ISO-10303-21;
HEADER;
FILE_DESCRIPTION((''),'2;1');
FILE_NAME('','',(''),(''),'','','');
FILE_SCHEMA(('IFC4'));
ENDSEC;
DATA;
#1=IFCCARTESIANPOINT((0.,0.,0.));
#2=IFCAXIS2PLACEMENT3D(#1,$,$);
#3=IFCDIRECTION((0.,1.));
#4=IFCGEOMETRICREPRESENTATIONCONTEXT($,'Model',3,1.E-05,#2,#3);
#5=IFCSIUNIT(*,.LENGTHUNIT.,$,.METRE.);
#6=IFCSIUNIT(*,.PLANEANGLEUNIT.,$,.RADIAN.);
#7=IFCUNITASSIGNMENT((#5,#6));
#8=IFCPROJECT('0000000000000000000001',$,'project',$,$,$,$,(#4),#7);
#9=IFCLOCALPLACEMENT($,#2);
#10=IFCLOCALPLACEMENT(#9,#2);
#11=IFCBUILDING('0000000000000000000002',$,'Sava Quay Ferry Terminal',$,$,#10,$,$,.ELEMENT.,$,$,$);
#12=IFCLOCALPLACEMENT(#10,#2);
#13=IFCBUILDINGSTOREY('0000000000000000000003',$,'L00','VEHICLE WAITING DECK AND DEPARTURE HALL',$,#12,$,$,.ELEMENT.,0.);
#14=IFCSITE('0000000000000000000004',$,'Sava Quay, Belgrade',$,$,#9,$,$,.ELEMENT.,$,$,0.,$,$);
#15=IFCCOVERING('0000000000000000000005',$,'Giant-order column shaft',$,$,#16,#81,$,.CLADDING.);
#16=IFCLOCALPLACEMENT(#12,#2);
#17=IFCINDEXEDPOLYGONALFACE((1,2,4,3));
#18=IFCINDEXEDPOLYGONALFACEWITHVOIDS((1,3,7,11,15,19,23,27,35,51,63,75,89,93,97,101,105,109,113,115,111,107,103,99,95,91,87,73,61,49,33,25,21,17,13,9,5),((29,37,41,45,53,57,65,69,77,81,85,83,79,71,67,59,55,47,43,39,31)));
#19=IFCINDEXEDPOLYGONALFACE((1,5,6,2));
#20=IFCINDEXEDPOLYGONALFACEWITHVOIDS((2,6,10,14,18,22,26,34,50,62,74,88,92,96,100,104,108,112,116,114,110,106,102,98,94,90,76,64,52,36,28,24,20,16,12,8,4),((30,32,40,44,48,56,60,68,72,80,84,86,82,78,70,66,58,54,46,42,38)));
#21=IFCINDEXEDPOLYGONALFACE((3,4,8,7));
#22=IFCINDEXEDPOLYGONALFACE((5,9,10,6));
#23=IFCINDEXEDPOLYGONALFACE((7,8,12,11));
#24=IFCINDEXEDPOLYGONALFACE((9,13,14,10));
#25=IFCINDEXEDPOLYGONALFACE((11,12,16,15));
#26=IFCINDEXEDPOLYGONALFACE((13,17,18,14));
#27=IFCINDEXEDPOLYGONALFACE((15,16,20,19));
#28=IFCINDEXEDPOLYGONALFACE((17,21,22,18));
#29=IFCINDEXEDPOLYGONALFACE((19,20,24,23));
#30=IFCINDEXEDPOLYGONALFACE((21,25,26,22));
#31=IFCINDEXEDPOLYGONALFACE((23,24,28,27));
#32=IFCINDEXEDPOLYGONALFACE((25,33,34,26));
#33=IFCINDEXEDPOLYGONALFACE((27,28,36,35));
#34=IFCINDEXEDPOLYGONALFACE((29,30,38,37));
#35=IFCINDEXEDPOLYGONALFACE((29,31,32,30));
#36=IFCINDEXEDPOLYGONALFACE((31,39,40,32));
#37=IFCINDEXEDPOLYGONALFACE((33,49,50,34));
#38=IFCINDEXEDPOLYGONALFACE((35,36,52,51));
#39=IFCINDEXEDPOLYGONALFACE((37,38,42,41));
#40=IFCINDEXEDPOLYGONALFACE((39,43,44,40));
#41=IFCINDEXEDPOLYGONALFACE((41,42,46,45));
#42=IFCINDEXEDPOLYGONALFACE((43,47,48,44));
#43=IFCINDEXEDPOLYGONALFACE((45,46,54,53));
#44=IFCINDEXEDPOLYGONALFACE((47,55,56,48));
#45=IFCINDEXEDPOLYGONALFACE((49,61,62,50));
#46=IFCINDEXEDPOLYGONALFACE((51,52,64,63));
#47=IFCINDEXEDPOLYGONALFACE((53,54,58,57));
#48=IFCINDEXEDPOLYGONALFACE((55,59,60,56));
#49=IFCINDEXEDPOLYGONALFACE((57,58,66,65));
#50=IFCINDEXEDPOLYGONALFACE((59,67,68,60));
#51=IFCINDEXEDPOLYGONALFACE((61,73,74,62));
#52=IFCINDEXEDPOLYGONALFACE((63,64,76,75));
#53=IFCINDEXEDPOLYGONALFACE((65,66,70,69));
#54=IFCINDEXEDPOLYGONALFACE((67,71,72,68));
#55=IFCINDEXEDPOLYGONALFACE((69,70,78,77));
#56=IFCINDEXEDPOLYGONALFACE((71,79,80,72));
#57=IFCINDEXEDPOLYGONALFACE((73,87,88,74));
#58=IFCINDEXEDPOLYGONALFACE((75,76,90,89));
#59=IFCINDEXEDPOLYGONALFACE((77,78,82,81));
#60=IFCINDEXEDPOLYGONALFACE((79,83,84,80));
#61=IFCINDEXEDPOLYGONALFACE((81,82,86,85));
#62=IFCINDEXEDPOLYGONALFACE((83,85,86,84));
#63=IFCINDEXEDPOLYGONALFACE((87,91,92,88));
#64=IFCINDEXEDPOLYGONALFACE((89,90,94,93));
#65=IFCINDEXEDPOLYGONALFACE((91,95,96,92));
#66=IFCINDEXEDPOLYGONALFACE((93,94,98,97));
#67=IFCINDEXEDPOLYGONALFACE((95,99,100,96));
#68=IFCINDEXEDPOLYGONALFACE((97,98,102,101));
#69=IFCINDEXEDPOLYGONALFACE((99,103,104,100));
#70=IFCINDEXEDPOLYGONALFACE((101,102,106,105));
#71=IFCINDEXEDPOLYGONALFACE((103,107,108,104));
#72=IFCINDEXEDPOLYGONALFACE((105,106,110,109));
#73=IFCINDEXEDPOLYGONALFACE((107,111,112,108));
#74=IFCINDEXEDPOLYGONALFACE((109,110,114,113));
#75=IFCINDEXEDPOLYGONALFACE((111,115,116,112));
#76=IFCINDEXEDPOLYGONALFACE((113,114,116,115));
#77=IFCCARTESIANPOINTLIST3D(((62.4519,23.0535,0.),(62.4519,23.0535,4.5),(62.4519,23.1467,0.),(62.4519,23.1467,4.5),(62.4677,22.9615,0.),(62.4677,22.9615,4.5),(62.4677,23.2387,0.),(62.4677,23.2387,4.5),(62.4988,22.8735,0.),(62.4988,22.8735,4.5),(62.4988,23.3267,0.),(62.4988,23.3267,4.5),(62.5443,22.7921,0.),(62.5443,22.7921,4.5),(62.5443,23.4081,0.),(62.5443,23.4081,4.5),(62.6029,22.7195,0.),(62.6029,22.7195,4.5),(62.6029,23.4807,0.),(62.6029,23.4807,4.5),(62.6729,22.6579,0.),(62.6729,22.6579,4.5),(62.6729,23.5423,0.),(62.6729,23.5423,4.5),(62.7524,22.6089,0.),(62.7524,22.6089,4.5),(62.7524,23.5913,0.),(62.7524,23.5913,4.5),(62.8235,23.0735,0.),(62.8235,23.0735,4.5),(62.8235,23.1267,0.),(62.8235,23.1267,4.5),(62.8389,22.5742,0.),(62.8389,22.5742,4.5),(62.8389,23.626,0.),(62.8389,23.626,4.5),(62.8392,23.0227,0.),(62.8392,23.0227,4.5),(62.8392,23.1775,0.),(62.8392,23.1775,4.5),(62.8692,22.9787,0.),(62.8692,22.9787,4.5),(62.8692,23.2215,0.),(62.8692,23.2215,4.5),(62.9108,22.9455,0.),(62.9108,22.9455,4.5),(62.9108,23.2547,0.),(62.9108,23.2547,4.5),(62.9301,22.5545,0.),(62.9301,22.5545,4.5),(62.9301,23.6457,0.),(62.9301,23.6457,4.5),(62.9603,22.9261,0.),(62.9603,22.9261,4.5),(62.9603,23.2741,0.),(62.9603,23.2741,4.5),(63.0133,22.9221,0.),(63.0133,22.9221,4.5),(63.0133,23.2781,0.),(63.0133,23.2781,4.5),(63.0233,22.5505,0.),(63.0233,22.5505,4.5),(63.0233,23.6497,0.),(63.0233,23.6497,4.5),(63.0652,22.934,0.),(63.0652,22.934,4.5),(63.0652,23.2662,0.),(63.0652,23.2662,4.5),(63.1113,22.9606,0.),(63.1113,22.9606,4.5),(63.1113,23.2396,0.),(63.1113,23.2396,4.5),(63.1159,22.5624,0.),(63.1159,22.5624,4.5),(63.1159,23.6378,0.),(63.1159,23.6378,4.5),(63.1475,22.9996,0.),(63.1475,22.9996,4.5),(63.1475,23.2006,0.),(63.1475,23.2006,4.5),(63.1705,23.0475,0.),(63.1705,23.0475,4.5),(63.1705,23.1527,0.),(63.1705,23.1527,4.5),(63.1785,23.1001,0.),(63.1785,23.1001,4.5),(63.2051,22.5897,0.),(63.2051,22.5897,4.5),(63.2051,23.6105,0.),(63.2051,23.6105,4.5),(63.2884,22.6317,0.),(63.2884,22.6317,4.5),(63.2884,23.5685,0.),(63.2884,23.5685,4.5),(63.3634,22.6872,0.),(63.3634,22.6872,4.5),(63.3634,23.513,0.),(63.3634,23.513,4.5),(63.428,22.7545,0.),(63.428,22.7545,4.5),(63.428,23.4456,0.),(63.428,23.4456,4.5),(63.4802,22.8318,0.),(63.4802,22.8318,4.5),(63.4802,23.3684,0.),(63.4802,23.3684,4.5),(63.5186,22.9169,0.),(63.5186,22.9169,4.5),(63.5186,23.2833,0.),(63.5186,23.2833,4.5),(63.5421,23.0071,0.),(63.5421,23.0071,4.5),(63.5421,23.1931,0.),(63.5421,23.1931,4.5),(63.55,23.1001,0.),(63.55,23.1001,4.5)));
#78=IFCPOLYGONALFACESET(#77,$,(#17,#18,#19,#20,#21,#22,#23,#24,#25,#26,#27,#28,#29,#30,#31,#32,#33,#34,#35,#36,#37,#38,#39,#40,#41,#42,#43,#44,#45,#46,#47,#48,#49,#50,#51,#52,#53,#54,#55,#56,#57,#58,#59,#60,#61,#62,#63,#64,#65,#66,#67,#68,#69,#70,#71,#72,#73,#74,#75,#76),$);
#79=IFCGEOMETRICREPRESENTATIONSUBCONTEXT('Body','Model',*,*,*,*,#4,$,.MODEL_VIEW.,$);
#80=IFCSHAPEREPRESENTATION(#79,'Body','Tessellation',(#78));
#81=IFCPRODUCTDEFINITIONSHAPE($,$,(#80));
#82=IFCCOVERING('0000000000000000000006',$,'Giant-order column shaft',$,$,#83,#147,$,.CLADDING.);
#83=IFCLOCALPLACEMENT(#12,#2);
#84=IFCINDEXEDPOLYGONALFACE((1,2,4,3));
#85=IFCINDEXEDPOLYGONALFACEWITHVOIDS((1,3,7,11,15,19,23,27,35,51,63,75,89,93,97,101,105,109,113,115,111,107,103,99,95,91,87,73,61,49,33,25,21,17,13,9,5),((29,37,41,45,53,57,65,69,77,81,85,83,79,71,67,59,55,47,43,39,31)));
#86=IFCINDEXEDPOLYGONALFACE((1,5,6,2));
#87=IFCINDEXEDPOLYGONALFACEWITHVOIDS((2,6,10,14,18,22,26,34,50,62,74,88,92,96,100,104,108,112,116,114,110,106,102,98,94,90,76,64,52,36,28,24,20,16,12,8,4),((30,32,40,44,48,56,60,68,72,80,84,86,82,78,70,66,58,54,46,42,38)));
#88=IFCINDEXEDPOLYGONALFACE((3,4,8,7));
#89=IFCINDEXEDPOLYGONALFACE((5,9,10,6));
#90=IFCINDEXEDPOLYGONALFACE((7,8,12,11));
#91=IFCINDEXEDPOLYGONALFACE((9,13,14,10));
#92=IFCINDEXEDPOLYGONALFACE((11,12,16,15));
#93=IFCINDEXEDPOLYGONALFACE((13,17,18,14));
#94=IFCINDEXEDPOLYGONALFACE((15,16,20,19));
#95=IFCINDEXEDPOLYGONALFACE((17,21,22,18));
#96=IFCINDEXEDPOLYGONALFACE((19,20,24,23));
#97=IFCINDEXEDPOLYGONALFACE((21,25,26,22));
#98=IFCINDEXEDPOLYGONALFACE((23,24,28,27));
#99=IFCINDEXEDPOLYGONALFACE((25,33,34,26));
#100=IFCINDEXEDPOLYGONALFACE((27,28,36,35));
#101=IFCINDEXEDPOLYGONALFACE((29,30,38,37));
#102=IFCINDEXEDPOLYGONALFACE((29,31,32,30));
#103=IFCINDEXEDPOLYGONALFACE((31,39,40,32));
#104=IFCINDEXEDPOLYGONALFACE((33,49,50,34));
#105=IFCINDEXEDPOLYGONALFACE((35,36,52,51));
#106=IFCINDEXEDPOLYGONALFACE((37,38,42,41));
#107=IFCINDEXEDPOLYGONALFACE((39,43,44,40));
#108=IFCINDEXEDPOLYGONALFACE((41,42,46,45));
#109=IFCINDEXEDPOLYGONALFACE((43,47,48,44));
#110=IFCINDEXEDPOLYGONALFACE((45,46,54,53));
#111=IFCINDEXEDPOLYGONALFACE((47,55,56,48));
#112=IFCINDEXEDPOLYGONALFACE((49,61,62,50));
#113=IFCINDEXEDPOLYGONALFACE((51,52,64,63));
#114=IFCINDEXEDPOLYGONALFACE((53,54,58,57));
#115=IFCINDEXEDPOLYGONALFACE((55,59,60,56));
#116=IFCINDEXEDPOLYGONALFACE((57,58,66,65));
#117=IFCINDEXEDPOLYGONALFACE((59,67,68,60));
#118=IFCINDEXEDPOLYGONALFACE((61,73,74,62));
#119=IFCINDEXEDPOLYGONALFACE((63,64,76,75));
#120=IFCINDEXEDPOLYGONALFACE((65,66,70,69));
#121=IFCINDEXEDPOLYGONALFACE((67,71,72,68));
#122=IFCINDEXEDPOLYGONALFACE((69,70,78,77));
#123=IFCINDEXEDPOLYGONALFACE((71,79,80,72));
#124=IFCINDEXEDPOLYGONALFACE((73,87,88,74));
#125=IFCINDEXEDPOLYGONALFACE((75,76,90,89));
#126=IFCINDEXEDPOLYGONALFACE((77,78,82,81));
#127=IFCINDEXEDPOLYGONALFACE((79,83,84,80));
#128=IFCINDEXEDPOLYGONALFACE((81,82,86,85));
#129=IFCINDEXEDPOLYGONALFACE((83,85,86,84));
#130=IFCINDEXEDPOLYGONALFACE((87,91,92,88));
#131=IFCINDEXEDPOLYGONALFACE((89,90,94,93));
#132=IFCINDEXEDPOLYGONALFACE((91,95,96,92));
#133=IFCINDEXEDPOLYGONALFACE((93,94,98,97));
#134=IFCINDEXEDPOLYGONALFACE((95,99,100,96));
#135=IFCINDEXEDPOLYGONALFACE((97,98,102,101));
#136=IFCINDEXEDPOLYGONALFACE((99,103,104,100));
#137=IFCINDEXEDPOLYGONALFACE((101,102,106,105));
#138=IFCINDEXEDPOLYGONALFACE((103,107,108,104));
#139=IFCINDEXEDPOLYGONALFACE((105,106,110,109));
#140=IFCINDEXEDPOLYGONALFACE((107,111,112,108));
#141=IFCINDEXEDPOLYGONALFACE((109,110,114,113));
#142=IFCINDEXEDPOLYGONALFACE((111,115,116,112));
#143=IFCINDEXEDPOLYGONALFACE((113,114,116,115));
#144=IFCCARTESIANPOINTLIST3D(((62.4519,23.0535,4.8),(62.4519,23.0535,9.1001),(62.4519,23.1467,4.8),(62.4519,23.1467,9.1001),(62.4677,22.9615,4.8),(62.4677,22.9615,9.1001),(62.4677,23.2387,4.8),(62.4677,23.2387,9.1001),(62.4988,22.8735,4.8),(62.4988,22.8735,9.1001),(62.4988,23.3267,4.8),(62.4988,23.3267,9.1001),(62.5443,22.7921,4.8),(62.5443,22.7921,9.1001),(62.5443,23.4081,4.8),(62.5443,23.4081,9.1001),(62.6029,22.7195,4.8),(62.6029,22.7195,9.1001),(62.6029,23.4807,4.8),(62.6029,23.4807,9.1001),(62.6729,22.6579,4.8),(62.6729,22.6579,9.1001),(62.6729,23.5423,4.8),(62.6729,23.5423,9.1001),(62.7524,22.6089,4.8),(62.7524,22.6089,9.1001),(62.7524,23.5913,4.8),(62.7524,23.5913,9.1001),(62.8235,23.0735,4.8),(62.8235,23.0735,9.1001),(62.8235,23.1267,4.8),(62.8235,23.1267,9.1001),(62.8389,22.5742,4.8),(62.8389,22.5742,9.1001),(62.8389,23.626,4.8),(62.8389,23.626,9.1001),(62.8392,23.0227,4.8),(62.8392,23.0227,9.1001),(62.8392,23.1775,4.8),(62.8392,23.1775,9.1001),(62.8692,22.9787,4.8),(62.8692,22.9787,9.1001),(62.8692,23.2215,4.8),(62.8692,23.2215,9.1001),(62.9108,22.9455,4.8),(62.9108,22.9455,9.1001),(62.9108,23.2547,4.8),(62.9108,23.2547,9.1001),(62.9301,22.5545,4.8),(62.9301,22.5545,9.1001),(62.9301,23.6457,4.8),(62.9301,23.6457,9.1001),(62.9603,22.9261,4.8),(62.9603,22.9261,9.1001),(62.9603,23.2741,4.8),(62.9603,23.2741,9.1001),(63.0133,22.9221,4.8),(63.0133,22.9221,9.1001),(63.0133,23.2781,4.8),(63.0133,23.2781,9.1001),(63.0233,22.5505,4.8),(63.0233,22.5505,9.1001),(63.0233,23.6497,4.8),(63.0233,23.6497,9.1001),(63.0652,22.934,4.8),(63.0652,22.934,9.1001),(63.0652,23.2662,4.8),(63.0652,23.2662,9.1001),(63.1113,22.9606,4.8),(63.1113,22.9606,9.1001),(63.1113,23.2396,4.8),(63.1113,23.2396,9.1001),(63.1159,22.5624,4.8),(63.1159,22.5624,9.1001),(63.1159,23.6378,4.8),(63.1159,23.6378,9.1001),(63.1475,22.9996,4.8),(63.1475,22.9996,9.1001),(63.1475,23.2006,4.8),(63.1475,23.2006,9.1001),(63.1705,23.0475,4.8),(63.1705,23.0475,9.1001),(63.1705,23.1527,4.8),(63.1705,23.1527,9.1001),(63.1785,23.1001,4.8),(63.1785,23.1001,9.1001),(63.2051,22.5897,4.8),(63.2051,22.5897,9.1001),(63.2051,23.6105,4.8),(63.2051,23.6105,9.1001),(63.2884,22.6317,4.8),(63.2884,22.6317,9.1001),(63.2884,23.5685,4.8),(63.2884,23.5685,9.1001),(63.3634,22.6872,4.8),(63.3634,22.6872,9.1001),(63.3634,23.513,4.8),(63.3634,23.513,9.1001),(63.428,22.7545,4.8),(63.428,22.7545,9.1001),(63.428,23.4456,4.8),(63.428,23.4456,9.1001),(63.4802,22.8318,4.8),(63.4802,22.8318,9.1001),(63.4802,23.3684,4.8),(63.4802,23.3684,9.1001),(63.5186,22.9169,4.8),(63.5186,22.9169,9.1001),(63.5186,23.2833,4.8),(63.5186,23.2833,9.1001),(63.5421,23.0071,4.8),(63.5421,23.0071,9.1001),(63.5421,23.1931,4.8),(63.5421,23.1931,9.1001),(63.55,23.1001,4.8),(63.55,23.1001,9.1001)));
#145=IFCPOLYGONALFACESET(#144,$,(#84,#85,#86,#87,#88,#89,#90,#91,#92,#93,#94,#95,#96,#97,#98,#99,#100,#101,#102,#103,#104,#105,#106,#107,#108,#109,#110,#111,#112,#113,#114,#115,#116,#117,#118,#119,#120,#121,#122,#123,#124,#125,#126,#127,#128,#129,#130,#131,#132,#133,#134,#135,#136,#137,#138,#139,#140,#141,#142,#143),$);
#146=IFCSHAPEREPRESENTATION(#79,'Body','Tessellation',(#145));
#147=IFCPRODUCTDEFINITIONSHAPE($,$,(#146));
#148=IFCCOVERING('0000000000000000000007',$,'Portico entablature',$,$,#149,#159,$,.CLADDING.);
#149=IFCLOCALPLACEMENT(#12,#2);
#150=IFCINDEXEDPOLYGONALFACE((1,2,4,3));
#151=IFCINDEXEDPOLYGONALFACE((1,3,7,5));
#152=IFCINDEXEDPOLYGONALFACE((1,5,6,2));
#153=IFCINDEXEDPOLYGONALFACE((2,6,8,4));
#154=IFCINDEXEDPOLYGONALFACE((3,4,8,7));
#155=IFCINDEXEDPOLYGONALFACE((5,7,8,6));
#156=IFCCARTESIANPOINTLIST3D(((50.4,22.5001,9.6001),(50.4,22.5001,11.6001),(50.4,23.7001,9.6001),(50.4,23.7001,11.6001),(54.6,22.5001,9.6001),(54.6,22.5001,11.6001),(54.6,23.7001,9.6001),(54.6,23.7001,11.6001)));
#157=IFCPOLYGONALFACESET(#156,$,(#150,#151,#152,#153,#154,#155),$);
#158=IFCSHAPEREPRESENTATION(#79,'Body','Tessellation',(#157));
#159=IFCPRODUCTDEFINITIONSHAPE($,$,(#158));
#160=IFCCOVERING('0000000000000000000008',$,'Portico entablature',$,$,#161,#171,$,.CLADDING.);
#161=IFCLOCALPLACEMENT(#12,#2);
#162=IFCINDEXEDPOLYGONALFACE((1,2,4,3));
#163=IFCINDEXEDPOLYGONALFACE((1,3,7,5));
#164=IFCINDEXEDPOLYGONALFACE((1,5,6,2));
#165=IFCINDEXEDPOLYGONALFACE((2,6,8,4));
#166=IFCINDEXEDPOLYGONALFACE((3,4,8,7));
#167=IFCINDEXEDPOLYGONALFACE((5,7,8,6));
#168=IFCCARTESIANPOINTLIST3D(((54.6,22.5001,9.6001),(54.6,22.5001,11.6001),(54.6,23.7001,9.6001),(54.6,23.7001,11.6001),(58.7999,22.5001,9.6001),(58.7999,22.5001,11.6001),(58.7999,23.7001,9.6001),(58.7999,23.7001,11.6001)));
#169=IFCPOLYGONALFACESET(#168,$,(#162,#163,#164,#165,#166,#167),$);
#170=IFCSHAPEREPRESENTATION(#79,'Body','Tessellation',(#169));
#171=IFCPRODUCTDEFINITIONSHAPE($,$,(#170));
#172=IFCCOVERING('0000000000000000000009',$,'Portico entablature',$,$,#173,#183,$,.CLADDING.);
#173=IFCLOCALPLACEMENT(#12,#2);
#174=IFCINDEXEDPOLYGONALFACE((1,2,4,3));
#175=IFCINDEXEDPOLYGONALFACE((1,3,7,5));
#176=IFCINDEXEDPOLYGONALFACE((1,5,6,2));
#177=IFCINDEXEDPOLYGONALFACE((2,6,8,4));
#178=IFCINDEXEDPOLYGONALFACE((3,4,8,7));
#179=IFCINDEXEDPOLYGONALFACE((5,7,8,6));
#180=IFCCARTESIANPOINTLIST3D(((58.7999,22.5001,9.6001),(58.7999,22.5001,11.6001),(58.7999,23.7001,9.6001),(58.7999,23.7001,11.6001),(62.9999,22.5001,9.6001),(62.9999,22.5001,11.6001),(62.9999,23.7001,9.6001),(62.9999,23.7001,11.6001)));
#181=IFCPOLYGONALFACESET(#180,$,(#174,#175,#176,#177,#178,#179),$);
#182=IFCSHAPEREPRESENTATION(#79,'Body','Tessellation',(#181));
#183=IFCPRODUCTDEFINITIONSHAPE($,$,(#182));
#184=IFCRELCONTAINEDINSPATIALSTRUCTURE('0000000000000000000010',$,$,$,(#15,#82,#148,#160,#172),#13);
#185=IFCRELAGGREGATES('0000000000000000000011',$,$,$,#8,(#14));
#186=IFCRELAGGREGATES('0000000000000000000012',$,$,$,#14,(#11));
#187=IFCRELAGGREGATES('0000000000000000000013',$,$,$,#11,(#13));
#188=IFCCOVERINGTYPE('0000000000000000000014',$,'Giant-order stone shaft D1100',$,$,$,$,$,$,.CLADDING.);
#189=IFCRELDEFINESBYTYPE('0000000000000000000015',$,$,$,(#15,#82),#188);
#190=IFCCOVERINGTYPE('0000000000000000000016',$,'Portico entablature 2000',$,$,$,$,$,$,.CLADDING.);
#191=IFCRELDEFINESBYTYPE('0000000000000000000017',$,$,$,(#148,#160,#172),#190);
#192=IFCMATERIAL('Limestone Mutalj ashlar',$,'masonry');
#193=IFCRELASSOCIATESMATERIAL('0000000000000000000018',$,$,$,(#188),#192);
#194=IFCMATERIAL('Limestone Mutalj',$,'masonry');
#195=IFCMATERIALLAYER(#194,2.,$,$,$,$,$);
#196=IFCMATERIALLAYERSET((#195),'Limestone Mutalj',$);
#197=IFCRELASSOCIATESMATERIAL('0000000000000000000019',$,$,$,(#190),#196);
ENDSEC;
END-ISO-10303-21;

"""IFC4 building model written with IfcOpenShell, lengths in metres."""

from ifc_helpers import new_model, si_unit, direction, frame, origin, origin_2d, place, context, subcontext, project, spatial, rectangle, hollow_circle, extrude, material, layer, layer_set, material_profile, profile_set, type_object, element, save


model = new_model("IFC4")

# Units and contexts
model_context = context("Model", 3, precision=1e-05, world=origin(), true_north=direction((0.0, 1.0)))
body_context = subcontext(model_context, "Body", "Model", "MODEL_VIEW")
ifc_project = project(units=[si_unit("LENGTHUNIT", "METRE"), si_unit("PLANEANGLEUNIT", "RADIAN")], contexts=[model_context])

# Site, building, storey
site_placement = place(None, origin())
site = spatial("IfcSite", under=ifc_project, at=site_placement, Name="Sava Quay, Belgrade", CompositionType="ELEMENT", RefElevation=0.0)
building_placement = place(site_placement, origin())
building = spatial("IfcBuilding", under=site, at=building_placement, Name="Sava Quay Ferry Terminal", CompositionType="ELEMENT")
storey_placement = place(building_placement, origin())
storey = spatial("IfcBuildingStorey", under=building, at=storey_placement, Name="L00", Description="VEHICLE WAITING DECK AND DEPARTURE HALL", CompositionType="ELEMENT", Elevation=0.0)

# Coverings
ifc_material_1 = material(Name="Limestone Mutalj ashlar", Category="masonry")
ifc_material_profile_1 = material_profile(ifc_material_1, hollow_circle(Radius=0.55, WallThickness=0.3716, at=origin_2d()), Name="Stone shaft D1100")
ifc_profile_set_1 = profile_set([ifc_material_profile_1], Name="Limestone Mutalj ashlar")
covering_type_1 = type_object("IfcCoveringType", Name="Giant-order stone shaft D1100", PredefinedType="CLADDING", material=ifc_profile_set_1)
covering_1_placement = place(storey_placement, frame((63.0, 23.1001, 0.0), z_axis=(0.0, 0.0, 1.0), x_axis=(1.0, 0.0, 0.0)))
element("IfcCovering", 1, at=covering_1_placement, inside=storey, type_object=covering_type_1, Name="Giant-order column shaft", PredefinedType="CLADDING", context=body_context, shape_type="SweptSolid", body=[
    extrude(hollow_circle(Radius=0.55, WallThickness=0.3716, at=origin_2d()), origin(), (0.0, 0.0, 1.0), 4.5),
])
covering_2_placement = place(storey_placement, frame((63.0, 23.1001, 4.8), z_axis=(0.0, 0.0, 1.0), x_axis=(1.0, 0.0, 0.0)))
element("IfcCovering", 2, at=covering_2_placement, inside=storey, type_object=covering_type_1, Name="Giant-order column shaft", PredefinedType="CLADDING", context=body_context, shape_type="SweptSolid", body=[
    extrude(hollow_circle(Radius=0.55, WallThickness=0.3716, at=origin_2d()), origin(), (0.0, 0.0, 1.0), 4.3),
])
ifc_material_2 = material(Name="Limestone Mutalj", Category="masonry")
ifc_layer_1 = layer(ifc_material_2, 2.0)
ifc_layer_set_1 = layer_set([ifc_layer_1], Name="Limestone Mutalj")
covering_type_2 = type_object("IfcCoveringType", Name="Portico entablature 2000", PredefinedType="CLADDING", material=ifc_layer_set_1)
for number, where, z_axis, x_axis, name in (
    (3, (52.5, 23.1001, 9.6001), (0.0, 0.0, 1.0), (1.0, 0.0, 0.0), "Portico entablature"),
    (4, (56.7, 23.1001, 9.6001), (0.0, 0.0, 1.0), (1.0, 0.0, 0.0), "Portico entablature"),
    (5, (60.8999, 23.1001, 9.6001), (0.0, 0.0, 1.0), (1.0, 0.0, 0.0), "Portico entablature"),
):
    element("IfcCovering", number, at=place(storey_placement, frame(where, z_axis=z_axis, x_axis=x_axis)), inside=storey, type_object=covering_type_2, Name=name, PredefinedType="CLADDING", context=body_context, shape_type="SweptSolid", body=[
        extrude(rectangle(XDim=4.2, YDim=1.2, at=origin_2d()), origin(), (0.0, 0.0, 1.0), 2.0),
    ])

save(model, "model.ifc")
